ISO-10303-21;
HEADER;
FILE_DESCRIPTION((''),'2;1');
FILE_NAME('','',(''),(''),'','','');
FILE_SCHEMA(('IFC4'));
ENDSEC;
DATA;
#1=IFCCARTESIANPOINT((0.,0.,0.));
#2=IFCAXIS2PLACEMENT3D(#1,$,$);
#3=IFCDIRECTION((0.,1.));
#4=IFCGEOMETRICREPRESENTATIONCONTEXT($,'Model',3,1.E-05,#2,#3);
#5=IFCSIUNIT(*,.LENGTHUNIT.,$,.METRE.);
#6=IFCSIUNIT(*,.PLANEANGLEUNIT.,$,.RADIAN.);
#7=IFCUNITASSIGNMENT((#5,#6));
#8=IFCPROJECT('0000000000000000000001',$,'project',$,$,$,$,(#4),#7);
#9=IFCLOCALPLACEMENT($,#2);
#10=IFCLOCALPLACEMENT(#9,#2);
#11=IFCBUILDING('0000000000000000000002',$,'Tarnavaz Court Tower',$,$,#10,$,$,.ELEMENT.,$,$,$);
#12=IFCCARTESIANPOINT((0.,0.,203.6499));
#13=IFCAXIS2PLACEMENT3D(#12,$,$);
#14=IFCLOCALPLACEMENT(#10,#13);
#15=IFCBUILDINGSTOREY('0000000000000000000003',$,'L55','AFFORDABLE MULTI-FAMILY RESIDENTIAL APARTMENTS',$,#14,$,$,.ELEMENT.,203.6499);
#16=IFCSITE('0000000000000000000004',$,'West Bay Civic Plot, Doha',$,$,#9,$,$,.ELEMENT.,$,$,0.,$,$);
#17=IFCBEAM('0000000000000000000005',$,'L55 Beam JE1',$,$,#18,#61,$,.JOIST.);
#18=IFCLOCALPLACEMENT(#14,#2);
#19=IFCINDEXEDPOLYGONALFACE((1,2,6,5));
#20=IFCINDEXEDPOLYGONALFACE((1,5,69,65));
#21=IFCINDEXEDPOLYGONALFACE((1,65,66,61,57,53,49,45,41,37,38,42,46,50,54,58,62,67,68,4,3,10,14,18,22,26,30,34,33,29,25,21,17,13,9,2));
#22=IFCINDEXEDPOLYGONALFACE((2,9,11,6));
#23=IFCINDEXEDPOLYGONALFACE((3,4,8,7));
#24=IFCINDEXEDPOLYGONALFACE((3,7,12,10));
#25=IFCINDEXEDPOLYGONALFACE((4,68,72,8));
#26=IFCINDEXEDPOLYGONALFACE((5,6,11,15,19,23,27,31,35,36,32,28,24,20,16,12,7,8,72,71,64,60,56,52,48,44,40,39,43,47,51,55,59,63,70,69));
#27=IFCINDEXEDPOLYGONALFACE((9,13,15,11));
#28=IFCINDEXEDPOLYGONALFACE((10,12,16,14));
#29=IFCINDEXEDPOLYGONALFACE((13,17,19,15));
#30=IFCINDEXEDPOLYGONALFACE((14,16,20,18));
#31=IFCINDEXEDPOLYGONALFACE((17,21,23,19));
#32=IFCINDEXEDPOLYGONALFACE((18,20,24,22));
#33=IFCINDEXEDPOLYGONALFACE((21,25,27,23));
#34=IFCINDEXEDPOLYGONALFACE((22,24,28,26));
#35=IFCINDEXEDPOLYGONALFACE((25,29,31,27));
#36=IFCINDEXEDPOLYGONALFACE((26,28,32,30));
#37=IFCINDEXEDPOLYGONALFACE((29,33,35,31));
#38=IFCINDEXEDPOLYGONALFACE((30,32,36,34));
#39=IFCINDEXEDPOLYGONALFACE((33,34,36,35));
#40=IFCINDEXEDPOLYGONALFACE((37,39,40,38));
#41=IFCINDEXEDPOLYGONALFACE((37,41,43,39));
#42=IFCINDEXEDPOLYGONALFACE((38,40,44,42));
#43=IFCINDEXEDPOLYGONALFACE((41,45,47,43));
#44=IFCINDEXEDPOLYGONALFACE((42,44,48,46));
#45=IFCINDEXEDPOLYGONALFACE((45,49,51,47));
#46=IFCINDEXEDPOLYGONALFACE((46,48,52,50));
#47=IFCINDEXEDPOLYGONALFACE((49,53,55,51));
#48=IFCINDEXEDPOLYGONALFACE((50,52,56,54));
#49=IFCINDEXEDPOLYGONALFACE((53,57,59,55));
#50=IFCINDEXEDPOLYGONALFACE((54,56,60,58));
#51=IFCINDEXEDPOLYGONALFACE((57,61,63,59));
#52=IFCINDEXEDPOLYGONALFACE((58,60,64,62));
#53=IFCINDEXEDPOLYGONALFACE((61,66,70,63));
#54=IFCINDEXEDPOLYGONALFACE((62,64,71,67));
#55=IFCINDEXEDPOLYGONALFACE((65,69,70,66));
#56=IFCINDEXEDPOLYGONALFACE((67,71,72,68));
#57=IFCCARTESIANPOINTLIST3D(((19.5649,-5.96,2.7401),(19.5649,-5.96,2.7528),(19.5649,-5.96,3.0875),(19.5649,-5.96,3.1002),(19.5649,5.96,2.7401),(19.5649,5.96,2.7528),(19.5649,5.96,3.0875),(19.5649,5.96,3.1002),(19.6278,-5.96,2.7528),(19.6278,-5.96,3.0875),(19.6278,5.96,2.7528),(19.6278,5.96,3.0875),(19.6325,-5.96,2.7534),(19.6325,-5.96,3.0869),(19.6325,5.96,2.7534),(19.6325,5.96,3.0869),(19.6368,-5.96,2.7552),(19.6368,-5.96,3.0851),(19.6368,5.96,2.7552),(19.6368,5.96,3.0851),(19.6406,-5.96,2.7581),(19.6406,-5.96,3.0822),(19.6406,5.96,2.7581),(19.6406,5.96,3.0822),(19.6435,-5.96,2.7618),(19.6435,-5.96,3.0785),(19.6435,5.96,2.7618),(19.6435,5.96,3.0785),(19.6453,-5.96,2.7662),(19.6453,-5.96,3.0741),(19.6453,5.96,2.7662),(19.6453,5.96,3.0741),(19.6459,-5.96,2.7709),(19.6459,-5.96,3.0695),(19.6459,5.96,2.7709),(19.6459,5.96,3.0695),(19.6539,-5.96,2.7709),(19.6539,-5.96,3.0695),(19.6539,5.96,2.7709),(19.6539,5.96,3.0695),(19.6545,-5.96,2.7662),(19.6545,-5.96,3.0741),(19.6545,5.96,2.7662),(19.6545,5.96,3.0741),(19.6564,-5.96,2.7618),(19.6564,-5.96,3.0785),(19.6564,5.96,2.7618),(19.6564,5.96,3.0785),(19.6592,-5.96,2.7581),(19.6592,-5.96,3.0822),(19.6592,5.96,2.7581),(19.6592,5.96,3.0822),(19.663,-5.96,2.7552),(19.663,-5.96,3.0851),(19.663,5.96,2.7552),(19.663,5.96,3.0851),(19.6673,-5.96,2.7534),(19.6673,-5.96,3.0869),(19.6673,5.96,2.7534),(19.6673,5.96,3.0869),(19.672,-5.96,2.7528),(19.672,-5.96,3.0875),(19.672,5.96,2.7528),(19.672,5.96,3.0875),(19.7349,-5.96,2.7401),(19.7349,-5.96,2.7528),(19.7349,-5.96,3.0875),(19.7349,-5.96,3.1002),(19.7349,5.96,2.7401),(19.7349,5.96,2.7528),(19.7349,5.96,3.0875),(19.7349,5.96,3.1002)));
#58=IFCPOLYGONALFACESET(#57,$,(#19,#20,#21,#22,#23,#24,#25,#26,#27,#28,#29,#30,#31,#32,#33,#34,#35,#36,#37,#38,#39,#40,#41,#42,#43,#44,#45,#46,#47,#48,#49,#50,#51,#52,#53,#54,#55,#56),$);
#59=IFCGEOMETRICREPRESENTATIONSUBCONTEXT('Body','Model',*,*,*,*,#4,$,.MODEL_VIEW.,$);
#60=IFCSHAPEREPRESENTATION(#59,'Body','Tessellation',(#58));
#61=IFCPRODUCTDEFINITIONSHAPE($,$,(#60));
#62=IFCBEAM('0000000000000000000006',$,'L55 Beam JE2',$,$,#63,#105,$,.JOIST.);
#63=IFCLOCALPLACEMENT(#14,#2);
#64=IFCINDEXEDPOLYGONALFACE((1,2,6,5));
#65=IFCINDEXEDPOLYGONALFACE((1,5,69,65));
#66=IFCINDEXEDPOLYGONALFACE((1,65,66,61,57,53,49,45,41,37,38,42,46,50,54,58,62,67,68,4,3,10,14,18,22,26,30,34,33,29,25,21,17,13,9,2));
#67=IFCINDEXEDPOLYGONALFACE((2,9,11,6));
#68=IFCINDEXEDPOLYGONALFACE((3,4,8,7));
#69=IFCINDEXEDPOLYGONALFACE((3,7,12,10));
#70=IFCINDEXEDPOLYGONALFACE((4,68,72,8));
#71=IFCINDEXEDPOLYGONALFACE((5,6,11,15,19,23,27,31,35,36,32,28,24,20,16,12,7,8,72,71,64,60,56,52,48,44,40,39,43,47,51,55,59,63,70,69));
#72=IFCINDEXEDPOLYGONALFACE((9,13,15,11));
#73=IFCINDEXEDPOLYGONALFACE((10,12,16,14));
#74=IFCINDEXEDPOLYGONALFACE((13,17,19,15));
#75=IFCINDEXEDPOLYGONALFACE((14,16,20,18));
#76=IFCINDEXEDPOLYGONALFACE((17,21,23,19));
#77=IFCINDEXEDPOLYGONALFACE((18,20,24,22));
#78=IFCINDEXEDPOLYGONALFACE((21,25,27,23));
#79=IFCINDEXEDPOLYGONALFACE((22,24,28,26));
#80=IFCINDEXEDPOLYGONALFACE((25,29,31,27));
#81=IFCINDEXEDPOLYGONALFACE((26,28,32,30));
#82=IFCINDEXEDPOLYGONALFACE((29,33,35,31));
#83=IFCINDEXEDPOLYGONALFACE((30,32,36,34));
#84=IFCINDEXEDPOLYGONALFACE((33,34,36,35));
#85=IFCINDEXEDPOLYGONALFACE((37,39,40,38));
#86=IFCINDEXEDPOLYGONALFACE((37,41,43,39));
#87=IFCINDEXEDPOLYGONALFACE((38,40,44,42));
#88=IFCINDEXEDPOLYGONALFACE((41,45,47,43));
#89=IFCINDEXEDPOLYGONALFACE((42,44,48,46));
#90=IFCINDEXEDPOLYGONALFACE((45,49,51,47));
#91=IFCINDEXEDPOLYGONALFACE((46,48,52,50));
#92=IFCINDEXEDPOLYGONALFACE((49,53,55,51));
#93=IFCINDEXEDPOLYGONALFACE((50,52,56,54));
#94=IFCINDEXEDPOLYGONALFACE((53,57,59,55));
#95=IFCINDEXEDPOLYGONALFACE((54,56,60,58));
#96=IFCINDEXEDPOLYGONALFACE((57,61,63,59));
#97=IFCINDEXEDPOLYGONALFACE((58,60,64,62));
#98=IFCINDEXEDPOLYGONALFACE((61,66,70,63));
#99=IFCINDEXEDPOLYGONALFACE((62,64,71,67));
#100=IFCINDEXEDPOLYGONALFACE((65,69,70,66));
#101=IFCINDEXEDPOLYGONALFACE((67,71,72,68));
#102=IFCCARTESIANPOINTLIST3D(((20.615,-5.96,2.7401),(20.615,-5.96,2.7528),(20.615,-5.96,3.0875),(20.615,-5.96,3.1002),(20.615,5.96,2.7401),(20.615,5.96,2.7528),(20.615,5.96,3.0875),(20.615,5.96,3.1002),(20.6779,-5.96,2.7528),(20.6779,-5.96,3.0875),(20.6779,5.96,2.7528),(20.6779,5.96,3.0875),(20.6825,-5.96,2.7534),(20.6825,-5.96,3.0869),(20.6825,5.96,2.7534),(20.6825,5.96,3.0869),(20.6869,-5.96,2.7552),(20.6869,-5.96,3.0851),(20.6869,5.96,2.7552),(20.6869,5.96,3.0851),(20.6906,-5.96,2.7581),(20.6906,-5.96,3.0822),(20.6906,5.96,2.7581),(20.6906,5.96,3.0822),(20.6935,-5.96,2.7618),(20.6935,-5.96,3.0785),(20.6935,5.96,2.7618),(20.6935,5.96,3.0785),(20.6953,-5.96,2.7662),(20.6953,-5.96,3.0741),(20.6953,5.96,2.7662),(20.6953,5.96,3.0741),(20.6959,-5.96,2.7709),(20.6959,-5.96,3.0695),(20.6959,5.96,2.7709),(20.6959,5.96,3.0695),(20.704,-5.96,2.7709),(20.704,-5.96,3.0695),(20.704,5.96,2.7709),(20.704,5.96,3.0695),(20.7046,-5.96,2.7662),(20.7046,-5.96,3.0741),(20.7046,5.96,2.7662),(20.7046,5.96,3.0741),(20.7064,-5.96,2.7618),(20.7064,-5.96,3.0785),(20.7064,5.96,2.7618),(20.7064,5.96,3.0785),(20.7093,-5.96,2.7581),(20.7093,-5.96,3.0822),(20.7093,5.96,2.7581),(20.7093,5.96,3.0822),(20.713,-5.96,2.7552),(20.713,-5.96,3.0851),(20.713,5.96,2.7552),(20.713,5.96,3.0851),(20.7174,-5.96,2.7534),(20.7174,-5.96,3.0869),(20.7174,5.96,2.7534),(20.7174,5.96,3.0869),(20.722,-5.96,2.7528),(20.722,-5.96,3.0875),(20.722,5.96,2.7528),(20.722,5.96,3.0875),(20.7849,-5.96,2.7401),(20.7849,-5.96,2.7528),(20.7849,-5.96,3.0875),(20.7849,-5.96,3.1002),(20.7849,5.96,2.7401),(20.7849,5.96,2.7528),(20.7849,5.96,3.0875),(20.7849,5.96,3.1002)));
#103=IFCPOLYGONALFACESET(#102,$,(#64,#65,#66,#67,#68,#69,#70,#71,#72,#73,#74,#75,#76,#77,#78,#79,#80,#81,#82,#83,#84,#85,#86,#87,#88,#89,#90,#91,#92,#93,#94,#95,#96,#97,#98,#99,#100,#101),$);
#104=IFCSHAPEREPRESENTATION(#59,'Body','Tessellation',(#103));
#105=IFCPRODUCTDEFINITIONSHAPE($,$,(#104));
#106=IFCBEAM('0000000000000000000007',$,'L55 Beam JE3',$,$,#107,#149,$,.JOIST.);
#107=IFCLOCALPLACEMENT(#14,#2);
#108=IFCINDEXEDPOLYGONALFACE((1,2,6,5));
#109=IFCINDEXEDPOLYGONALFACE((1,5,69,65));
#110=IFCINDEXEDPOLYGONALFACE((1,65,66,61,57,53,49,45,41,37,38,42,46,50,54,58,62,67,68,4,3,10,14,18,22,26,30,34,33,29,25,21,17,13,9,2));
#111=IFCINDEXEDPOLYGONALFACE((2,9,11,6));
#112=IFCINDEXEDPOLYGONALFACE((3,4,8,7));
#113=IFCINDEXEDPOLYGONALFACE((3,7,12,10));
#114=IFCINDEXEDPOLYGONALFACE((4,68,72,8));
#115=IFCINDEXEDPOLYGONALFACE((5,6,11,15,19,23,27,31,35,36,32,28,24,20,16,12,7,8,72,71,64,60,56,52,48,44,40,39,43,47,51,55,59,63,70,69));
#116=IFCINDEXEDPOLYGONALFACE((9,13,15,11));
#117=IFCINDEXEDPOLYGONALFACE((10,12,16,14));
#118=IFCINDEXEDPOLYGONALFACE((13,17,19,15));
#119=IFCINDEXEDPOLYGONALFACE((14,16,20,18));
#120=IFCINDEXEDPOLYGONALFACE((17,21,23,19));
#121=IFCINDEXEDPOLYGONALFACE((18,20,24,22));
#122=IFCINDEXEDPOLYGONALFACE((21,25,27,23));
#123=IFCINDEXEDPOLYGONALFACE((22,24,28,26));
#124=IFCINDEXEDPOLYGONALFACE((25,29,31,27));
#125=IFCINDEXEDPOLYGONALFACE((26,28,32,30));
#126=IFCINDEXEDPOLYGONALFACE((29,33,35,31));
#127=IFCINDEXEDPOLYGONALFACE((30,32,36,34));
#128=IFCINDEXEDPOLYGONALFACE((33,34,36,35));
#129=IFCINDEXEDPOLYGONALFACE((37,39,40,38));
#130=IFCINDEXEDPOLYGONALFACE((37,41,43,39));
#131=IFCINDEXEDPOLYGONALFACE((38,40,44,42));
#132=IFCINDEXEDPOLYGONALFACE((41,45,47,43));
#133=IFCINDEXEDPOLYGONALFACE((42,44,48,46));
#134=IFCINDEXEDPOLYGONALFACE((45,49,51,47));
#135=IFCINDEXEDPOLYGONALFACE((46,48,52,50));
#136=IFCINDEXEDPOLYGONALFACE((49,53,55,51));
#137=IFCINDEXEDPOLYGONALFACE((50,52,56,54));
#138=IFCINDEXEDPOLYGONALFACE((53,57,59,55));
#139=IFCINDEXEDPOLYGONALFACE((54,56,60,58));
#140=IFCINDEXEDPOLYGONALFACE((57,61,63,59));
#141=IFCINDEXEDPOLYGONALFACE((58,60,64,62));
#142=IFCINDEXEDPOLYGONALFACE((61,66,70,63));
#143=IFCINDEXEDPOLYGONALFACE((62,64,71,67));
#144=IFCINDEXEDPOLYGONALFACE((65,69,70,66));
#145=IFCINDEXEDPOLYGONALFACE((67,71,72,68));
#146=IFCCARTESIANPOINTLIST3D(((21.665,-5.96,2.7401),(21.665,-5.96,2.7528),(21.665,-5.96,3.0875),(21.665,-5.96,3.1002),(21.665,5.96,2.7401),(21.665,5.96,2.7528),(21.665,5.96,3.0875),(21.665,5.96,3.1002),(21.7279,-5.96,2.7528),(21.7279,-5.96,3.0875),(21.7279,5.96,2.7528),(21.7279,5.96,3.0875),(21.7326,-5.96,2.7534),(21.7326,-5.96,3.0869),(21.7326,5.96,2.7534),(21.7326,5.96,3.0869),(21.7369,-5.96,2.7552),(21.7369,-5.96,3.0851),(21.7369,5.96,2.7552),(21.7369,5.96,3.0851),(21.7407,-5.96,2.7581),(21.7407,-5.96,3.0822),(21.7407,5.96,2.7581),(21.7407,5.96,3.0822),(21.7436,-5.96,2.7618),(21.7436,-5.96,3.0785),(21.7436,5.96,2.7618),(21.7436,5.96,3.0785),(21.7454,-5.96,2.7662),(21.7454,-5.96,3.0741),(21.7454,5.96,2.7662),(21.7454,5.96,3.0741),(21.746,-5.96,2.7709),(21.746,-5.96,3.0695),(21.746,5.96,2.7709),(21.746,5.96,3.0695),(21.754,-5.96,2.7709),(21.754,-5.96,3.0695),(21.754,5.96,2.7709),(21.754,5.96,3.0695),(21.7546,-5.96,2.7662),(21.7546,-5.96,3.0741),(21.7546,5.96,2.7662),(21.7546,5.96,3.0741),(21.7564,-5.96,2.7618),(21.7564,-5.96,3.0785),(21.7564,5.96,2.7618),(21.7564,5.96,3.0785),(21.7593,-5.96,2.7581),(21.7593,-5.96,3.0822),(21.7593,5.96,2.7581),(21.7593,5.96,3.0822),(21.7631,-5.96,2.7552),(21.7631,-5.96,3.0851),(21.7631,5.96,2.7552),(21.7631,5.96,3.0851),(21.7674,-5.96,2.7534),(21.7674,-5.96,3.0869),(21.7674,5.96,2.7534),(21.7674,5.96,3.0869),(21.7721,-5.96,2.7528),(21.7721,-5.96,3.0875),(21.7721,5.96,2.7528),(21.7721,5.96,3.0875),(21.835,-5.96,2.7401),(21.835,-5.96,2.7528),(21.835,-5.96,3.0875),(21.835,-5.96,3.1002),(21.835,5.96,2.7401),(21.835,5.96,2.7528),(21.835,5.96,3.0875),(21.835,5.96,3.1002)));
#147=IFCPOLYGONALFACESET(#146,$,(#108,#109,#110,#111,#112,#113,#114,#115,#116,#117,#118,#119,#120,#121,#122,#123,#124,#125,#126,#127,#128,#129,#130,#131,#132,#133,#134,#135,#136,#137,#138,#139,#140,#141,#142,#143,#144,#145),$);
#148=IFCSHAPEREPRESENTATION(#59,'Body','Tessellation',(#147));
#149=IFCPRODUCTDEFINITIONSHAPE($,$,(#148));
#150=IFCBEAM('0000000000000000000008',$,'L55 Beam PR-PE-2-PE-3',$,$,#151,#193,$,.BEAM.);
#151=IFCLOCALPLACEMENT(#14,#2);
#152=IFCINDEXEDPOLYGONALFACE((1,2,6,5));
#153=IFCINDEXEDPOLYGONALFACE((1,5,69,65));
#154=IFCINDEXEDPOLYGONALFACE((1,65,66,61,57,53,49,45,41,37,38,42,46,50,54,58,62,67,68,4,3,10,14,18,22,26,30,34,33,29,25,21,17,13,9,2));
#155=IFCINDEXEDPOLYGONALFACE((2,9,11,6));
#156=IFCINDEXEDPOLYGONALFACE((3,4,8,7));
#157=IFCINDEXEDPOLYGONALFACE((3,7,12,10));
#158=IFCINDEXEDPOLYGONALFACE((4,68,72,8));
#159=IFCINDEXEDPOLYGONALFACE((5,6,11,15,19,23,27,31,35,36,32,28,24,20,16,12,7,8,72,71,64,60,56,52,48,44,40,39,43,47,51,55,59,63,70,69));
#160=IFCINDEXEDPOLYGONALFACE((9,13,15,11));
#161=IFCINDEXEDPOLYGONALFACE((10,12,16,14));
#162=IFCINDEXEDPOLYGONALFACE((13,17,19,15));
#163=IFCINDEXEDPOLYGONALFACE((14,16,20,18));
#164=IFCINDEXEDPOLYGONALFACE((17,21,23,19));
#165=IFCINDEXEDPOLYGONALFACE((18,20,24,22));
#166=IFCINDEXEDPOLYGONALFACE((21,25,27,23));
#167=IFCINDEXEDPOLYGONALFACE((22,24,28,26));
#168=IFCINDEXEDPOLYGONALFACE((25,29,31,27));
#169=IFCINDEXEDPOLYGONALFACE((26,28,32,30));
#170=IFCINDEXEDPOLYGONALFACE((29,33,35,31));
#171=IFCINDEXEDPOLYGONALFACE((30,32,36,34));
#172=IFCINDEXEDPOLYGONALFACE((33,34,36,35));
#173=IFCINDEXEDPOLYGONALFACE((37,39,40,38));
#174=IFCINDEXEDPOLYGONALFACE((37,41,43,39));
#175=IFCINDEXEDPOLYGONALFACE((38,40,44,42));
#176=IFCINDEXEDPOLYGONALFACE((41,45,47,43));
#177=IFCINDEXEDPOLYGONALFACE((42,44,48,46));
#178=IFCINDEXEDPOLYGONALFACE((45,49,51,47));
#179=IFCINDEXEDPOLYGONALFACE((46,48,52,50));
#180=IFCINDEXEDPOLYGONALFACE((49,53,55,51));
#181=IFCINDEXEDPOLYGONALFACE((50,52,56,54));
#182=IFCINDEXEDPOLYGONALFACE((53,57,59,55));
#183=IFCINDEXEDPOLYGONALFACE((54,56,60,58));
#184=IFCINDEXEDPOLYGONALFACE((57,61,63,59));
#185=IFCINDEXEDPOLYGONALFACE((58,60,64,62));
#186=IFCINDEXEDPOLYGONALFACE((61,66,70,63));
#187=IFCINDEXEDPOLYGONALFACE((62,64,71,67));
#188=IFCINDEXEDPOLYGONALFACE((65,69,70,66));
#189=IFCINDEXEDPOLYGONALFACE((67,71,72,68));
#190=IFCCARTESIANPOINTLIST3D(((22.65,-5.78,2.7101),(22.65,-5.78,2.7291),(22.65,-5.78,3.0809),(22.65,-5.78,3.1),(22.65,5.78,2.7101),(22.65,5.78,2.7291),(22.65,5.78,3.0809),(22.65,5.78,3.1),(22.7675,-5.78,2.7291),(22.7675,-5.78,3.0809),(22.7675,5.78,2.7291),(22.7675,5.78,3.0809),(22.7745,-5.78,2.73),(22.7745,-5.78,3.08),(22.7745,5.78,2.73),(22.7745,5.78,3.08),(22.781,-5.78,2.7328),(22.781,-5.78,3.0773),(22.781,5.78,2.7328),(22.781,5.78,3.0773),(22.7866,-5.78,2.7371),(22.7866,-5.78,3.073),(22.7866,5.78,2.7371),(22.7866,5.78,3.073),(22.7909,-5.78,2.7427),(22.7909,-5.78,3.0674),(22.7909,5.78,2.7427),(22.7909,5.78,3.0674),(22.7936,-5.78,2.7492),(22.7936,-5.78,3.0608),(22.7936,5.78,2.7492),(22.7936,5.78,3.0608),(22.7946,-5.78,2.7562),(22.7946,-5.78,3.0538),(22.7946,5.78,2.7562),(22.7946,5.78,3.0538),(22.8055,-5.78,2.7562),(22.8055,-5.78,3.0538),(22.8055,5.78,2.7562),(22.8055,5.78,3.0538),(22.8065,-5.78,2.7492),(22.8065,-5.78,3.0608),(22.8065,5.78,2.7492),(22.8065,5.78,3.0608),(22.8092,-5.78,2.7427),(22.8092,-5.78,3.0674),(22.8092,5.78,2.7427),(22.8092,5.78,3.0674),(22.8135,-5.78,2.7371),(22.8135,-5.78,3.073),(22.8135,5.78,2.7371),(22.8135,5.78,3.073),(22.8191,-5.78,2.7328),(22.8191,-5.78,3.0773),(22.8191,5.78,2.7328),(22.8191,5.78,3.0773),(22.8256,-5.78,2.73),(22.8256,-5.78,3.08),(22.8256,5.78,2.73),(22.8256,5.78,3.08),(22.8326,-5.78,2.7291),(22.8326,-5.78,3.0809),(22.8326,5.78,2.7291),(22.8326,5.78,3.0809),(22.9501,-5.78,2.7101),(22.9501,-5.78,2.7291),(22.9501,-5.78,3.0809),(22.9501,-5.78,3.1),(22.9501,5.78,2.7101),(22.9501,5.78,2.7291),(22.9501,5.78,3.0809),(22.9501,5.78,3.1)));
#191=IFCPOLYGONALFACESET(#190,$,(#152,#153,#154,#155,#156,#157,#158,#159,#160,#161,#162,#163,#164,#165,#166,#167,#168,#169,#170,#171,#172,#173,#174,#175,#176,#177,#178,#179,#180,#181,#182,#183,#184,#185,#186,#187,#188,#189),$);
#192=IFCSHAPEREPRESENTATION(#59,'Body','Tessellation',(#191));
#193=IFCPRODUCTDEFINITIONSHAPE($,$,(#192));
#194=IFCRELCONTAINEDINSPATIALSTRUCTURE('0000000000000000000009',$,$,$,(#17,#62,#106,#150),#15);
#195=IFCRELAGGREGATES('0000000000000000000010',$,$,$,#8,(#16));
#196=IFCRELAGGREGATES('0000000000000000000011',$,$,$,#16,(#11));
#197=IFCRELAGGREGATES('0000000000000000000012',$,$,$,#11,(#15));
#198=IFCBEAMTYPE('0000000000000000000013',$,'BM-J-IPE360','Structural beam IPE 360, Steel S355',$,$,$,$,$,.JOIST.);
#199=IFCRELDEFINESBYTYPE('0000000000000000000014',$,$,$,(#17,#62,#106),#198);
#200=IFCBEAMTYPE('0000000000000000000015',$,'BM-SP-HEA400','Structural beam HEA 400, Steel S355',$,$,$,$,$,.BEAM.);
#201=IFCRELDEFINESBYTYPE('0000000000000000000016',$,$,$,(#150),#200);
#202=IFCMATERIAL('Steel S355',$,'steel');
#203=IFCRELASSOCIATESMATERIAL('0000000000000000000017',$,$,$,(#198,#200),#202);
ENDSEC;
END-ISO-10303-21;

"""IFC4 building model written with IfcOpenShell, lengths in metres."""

from ifc_helpers import new_model, si_unit, direction, frame, origin, origin_2d, place, context, subcontext, project, spatial, i_section, extrude, material, material_profile, profile_set, type_object, element, save


model = new_model("IFC4")

# Units and contexts
model_context = context("Model", 3, precision=1e-05, world=origin(), true_north=direction((0.0, 1.0)))
body_context = subcontext(model_context, "Body", "Model", "MODEL_VIEW")
ifc_project = project(units=[si_unit("LENGTHUNIT", "METRE"), si_unit("PLANEANGLEUNIT", "RADIAN")], contexts=[model_context])

# Site, building, storey
site_placement = place(None, origin())
site = spatial("IfcSite", under=ifc_project, at=site_placement, Name="West Bay Civic Plot, Doha", CompositionType="ELEMENT", RefElevation=0.0)
building_placement = place(site_placement, origin())
building = spatial("IfcBuilding", under=site, at=building_placement, Name="Tarnavaz Court Tower", CompositionType="ELEMENT")
storey_placement = place(building_placement, frame((0.0, 0.0, 203.6499)))
storey = spatial("IfcBuildingStorey", under=building, at=storey_placement, Name="L55", Description="AFFORDABLE MULTI-FAMILY RESIDENTIAL APARTMENTS", CompositionType="ELEMENT", Elevation=203.6499)

# Beams
ifc_material_1 = material(Name="Steel S355", Category="steel")
ifc_material_profile_1 = material_profile(ifc_material_1, i_section(OverallWidth=0.1699, OverallDepth=0.3601, WebThickness=0.0081, FlangeThickness=0.0127, FilletRadius=0.0181, at=origin_2d()), Name="IPE 360")
ifc_profile_set_1 = profile_set([ifc_material_profile_1], Name="Steel S355")
beam_type_1 = type_object("IfcBeamType", Name="BM-J-IPE360", Description="Structural beam IPE 360, Steel S355", PredefinedType="JOIST", material=ifc_profile_set_1)
for number, where, z_axis, x_axis, name in (
    (1, (19.6499, -5.96, 2.9202), (0.0, 1.0, 0.0), (-1.0, 0.0, 0.0), "L55 Beam JE1"),
    (2, (20.7, -5.96, 2.9202), (0.0, 1.0, 0.0), (-1.0, 0.0, 0.0), "L55 Beam JE2"),
    (3, (21.75, -5.96, 2.9202), (0.0, 1.0, 0.0), (-1.0, 0.0, 0.0), "L55 Beam JE3"),
):
    element("IfcBeam", number, at=place(storey_placement, frame(where, z_axis=z_axis, x_axis=x_axis)), inside=storey, type_object=beam_type_1, Name=name, PredefinedType="JOIST", context=body_context, shape_type="SweptSolid", body=[
        extrude(i_section(OverallWidth=0.1699, OverallDepth=0.3601, WebThickness=0.0081, FlangeThickness=0.0127, FilletRadius=0.0181, at=origin_2d()), origin(), (0.0, 0.0, 1.0), 11.9199),
    ])
ifc_material_profile_2 = material_profile(ifc_material_1, i_section(OverallWidth=0.3, OverallDepth=0.3899, WebThickness=0.011, FlangeThickness=0.019, FilletRadius=0.0271, at=origin_2d()), Name="HEA 400")
ifc_profile_set_2 = profile_set([ifc_material_profile_2], Name="Steel S355")
beam_type_2 = type_object("IfcBeamType", Name="BM-SP-HEA400", Description="Structural beam HEA 400, Steel S355", PredefinedType="BEAM", material=ifc_profile_set_2)
beam_1_placement = place(storey_placement, frame((22.8, -5.78, 2.905), z_axis=(0.0, 1.0, 0.0), x_axis=(-1.0, 0.0, 0.0)))
element("IfcBeam", 4, at=beam_1_placement, inside=storey, type_object=beam_type_2, Name="L55 Beam PR-PE-2-PE-3", PredefinedType="BEAM", context=body_context, shape_type="SweptSolid", body=[
    extrude(i_section(OverallWidth=0.3, OverallDepth=0.3899, WebThickness=0.011, FlangeThickness=0.019, FilletRadius=0.0271, at=origin_2d()), origin(), (0.0, 0.0, 1.0), 11.5601),
])

save(model, "model.ifc")
